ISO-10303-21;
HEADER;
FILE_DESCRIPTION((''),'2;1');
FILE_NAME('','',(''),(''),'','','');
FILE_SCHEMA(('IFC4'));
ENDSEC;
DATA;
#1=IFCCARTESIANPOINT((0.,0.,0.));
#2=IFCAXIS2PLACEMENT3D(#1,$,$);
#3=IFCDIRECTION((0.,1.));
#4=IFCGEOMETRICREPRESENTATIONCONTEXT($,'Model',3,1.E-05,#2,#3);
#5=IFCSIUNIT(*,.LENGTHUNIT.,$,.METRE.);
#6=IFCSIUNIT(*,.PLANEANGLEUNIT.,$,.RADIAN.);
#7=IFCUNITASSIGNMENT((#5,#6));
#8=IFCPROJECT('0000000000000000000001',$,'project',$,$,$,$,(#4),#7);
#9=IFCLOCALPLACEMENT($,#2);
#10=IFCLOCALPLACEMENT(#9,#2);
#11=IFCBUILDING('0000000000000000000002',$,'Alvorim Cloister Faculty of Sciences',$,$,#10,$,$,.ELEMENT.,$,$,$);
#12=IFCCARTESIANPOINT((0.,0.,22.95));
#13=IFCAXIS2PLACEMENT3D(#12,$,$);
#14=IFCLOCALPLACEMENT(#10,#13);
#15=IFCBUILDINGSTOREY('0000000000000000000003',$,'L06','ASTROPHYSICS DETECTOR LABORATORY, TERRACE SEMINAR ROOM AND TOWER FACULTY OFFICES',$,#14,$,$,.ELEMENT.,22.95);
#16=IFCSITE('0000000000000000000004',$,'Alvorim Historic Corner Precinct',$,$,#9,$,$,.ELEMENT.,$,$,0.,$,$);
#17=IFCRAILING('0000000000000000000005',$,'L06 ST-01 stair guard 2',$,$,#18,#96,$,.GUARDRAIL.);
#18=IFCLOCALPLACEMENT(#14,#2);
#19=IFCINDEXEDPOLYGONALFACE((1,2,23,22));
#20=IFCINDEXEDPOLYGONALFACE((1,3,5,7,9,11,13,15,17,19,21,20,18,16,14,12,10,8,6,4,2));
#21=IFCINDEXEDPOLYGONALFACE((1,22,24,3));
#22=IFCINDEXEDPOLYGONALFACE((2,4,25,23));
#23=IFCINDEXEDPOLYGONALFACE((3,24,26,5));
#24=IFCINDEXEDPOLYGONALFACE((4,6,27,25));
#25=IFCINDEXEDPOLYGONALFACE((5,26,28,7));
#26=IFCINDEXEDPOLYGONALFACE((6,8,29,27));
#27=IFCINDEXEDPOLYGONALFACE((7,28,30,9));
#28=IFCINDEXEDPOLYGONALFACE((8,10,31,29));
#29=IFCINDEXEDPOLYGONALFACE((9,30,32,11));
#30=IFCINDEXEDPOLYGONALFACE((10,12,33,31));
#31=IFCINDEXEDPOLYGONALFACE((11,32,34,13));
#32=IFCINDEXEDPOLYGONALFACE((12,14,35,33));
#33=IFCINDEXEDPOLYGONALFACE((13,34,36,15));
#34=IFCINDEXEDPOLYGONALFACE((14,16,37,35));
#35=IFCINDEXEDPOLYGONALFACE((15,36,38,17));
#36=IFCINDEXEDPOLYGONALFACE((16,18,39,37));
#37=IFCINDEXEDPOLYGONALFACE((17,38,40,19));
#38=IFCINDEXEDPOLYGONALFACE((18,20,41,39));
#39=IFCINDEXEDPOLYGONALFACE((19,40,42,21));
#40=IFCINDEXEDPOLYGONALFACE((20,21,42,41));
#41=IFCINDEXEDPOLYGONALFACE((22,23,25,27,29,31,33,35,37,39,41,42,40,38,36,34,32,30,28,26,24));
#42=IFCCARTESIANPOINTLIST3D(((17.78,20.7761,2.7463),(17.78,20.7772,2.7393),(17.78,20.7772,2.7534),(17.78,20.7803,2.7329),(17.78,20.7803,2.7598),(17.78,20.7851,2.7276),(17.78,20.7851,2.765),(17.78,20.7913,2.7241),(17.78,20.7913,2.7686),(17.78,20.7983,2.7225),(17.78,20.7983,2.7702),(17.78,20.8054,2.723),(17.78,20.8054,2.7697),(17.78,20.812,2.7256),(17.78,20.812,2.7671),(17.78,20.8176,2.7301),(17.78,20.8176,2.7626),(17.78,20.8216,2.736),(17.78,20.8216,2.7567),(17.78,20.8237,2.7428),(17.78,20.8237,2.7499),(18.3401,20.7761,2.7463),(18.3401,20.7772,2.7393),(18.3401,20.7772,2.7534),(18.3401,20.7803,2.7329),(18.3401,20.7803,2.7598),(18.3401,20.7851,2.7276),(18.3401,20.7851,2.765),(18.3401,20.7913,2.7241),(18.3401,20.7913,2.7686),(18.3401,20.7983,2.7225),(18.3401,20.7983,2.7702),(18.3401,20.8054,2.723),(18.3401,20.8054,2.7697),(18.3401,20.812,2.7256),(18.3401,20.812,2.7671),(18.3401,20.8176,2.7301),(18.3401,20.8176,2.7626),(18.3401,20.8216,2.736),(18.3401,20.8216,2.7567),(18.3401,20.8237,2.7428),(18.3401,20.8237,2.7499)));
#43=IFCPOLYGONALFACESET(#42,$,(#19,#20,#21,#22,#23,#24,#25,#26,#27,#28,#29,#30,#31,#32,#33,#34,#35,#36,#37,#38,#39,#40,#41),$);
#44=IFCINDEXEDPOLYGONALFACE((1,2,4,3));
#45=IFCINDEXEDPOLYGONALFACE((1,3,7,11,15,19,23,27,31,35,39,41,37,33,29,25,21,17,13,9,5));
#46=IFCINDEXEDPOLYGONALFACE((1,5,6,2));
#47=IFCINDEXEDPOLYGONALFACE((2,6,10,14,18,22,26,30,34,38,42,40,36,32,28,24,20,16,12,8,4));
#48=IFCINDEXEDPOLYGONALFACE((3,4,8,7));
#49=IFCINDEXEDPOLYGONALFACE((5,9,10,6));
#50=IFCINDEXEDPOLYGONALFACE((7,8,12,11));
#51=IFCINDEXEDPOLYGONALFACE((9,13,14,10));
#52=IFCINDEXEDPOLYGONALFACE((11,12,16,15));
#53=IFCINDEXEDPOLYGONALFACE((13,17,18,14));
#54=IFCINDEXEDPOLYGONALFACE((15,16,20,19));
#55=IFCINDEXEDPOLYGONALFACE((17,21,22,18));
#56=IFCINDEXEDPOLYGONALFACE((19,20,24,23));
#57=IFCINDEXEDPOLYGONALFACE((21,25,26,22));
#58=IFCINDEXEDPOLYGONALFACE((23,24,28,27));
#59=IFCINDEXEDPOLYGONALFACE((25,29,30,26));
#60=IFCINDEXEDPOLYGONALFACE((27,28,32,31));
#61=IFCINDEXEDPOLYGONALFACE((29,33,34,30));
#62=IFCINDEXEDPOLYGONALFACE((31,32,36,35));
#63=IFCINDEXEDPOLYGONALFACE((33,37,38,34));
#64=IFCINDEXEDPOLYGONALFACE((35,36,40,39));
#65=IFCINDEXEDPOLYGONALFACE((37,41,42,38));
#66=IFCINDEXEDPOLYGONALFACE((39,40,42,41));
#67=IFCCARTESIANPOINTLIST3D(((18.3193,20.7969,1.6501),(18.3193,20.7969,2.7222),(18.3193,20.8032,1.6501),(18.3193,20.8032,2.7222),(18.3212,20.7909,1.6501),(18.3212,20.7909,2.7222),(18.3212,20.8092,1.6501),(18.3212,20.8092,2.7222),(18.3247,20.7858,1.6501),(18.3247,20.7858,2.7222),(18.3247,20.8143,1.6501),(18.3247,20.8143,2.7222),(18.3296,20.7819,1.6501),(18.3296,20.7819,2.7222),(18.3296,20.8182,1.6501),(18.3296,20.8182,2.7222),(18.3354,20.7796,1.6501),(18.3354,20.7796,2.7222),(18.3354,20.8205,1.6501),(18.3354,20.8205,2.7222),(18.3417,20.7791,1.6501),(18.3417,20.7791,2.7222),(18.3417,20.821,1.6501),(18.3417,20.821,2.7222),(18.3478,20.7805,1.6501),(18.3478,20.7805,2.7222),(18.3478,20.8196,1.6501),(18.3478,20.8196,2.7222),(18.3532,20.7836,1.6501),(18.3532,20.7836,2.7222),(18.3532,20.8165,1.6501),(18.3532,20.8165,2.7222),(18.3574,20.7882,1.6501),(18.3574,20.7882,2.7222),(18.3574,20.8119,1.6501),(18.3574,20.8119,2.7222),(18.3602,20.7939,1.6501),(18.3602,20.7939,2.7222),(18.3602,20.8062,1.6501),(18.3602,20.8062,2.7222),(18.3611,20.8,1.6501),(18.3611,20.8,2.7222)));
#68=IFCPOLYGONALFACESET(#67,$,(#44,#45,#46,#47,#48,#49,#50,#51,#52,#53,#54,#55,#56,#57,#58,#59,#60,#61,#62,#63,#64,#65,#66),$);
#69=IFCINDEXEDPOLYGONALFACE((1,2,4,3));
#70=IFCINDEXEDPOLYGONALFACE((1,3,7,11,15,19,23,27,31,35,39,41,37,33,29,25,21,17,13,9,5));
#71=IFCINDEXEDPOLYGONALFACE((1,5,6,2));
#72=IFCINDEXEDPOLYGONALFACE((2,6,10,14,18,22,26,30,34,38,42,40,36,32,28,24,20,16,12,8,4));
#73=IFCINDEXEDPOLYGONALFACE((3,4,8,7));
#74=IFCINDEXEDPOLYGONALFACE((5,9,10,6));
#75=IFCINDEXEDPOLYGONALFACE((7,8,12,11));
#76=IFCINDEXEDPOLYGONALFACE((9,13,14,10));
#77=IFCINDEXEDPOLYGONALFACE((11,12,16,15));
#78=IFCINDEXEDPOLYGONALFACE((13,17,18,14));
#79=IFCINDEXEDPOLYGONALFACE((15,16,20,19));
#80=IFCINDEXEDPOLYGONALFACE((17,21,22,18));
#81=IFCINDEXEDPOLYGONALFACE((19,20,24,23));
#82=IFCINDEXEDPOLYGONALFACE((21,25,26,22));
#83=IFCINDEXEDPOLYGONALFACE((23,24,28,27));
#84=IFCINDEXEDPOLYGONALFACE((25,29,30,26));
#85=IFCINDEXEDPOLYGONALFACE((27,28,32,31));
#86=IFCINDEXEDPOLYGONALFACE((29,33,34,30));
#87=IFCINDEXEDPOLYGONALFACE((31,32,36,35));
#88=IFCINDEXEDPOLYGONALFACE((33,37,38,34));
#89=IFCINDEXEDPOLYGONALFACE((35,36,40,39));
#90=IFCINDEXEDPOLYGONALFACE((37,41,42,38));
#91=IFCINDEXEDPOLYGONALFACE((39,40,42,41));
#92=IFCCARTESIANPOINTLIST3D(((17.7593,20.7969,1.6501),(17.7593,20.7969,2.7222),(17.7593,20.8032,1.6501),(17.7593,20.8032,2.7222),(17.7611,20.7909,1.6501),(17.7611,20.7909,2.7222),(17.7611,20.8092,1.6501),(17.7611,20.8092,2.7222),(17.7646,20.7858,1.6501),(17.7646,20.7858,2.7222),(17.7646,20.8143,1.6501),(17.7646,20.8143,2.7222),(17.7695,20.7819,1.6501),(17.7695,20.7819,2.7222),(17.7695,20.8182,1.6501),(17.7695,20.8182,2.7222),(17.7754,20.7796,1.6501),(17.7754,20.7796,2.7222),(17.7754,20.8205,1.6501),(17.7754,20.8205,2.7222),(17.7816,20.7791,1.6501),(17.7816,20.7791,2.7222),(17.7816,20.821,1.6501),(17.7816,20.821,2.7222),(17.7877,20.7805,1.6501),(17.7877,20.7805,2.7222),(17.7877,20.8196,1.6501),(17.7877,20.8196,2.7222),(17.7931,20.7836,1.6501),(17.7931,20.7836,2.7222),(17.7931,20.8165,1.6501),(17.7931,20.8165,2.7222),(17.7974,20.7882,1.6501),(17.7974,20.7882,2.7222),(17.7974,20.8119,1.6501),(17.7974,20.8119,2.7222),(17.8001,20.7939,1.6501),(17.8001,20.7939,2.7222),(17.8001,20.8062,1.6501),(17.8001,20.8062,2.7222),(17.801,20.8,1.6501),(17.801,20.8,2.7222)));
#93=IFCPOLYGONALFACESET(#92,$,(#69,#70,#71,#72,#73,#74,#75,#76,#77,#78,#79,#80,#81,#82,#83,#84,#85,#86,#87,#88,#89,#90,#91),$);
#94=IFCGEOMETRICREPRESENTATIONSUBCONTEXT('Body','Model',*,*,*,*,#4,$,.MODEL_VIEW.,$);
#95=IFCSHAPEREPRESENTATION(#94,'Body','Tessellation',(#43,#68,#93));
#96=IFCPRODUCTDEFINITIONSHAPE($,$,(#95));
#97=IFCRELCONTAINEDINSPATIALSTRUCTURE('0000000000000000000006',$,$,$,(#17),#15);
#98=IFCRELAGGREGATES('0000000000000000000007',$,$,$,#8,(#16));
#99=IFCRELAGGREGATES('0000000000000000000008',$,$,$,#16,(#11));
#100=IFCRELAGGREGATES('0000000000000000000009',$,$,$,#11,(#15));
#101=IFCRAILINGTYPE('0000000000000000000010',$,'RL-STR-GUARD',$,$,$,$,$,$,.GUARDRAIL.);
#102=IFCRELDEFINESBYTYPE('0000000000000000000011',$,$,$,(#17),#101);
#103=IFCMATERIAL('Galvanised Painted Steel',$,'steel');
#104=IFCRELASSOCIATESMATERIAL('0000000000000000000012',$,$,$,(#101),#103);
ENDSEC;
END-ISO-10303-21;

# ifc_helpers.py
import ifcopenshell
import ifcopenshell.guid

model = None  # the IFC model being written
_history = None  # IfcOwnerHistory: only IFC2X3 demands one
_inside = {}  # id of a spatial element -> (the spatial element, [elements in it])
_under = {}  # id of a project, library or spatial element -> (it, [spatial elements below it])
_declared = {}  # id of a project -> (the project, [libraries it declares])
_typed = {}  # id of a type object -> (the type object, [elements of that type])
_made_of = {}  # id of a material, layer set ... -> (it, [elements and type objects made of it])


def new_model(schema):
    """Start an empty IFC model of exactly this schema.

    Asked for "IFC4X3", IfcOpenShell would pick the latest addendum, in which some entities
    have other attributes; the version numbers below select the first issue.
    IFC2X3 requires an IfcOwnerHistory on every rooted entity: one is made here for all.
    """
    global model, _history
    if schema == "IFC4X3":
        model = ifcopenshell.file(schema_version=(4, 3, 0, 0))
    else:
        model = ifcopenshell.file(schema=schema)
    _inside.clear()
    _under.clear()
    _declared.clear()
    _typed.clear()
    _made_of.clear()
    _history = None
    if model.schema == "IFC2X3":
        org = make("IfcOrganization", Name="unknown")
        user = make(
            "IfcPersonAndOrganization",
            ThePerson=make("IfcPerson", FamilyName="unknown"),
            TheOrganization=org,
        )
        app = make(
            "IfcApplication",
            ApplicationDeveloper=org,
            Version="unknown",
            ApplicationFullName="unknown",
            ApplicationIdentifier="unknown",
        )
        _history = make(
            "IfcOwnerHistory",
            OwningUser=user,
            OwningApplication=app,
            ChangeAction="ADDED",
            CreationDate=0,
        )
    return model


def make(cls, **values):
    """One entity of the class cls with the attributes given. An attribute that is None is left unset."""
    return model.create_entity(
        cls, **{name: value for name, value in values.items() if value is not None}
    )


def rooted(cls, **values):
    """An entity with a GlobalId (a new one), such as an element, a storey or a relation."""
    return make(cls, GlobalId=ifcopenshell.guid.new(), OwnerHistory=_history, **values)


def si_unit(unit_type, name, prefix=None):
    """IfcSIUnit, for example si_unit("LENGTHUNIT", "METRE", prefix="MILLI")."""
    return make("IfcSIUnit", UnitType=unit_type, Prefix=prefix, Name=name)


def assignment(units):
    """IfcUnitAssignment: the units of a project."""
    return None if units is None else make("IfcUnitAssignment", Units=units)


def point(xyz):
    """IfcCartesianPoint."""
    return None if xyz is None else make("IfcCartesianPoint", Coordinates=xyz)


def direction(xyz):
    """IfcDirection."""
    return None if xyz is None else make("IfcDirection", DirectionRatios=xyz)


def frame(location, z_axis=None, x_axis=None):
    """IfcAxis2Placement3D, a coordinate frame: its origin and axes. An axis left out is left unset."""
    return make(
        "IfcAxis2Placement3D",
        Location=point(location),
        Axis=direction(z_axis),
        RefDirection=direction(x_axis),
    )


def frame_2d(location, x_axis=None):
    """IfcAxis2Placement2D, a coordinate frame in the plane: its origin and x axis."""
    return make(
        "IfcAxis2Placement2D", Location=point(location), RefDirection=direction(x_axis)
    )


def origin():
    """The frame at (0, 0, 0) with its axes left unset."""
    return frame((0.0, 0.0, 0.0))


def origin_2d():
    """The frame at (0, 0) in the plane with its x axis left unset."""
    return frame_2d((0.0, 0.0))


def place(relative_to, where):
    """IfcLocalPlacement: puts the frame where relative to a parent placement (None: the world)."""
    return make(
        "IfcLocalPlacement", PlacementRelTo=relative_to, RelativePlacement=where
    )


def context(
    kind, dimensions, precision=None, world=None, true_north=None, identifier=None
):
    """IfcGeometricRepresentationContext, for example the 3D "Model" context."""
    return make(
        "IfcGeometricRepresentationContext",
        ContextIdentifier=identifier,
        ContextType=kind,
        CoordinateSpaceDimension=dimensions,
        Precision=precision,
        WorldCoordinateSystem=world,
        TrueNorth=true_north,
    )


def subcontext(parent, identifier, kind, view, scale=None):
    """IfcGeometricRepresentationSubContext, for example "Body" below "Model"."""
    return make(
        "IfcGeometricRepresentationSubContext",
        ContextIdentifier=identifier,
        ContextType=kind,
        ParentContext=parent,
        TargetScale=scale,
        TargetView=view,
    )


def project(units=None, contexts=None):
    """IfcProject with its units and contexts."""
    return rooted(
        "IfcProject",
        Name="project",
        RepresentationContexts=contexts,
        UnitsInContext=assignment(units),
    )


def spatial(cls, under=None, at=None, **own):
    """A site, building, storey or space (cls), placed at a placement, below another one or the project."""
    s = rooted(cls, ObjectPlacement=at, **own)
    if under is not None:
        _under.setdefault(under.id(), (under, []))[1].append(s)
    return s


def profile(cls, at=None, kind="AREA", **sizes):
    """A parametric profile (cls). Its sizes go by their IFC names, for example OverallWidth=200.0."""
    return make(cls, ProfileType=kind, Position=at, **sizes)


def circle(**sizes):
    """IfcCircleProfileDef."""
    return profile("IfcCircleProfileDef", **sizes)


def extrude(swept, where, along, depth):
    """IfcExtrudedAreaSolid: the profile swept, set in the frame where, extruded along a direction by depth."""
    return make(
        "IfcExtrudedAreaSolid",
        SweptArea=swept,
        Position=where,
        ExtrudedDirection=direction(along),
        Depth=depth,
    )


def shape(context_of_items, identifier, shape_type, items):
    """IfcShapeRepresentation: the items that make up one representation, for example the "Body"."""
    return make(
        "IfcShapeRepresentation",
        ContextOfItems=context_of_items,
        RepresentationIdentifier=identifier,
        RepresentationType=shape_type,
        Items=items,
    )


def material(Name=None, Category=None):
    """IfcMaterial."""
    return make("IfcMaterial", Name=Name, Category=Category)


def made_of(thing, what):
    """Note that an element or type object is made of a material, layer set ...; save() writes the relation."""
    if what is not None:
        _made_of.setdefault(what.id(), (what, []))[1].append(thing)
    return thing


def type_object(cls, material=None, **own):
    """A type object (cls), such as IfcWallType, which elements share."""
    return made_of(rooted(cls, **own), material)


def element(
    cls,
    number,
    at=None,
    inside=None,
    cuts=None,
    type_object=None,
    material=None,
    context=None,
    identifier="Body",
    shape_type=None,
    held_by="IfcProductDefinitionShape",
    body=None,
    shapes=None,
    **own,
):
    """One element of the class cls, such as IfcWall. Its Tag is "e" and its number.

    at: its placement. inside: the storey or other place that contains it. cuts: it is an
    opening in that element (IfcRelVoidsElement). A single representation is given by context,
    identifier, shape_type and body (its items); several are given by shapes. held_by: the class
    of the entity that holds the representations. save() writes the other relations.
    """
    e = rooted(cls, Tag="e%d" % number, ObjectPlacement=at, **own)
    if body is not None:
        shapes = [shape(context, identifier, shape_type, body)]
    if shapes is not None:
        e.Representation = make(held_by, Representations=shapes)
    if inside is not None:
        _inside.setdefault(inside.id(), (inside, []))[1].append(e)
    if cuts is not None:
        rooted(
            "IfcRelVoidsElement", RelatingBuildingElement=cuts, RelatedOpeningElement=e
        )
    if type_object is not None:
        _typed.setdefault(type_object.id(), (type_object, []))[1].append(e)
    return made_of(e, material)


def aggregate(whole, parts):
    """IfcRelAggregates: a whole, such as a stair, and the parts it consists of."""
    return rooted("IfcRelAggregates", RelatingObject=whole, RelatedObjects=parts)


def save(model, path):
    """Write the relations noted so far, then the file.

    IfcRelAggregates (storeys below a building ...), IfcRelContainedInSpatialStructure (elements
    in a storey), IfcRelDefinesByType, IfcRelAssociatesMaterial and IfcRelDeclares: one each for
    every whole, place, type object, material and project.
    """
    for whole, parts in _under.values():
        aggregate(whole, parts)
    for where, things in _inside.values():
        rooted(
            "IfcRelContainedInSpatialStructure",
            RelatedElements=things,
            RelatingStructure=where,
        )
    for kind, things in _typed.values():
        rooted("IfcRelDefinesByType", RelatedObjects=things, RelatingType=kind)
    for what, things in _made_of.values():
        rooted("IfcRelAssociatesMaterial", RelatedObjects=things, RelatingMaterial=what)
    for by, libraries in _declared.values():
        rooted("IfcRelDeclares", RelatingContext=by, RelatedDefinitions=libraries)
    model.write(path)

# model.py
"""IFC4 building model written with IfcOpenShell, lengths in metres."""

from ifc_helpers import new_model, si_unit, direction, frame, origin, origin_2d, place, context, subcontext, project, spatial, circle, extrude, material, type_object, element, save


model = new_model("IFC4")

# Units and contexts
model_context = context("Model", 3, precision=1e-05, world=origin(), true_north=direction((0.0, 1.0)))
body_context = subcontext(model_context, "Body", "Model", "MODEL_VIEW")
ifc_project = project(units=[si_unit("LENGTHUNIT", "METRE"), si_unit("PLANEANGLEUNIT", "RADIAN")], contexts=[model_context])

# Site, building, storey
site_placement = place(None, origin())
site = spatial("IfcSite", under=ifc_project, at=site_placement, Name="Alvorim Historic Corner Precinct", CompositionType="ELEMENT", RefElevation=0.0)
building_placement = place(site_placement, origin())
building = spatial("IfcBuilding", under=site, at=building_placement, Name="Alvorim Cloister Faculty of Sciences", CompositionType="ELEMENT")
storey_placement = place(building_placement, frame((0.0, 0.0, 22.95)))
storey = spatial("IfcBuildingStorey", under=building, at=storey_placement, Name="L06", Description="ASTROPHYSICS DETECTOR LABORATORY, TERRACE SEMINAR ROOM AND TOWER FACULTY OFFICES", CompositionType="ELEMENT", Elevation=22.95)

# Railing
ifc_material_1 = material(Name="Galvanised Painted Steel", Category="steel")
railing_type_1 = type_object("IfcRailingType", Name="RL-STR-GUARD", PredefinedType="GUARDRAIL", material=ifc_material_1)
railing_1_placement = place(storey_placement, frame((18.3401, 20.8, 1.6501)))
element("IfcRailing", 1, at=railing_1_placement, inside=storey, type_object=railing_type_1, Name="L06 ST-01 stair guard 2", PredefinedType="GUARDRAIL", context=body_context, shape_type="SweptSolid", body=[
    extrude(circle(Radius=0.0239, at=origin_2d()), frame((0.0, 0.0, 1.0962), z_axis=(-1.0, 0.0, 0.0), x_axis=(0.0, -1.0, 0.0)), (0.0, 0.0, 1.0), 0.5601),
    extrude(circle(Radius=0.021, at=origin_2d()), origin(), (0.0, 0.0, 1.0), 1.072),
    extrude(circle(Radius=0.021, at=origin_2d()), frame((-0.5601, 0.0, 0.0)), (0.0, 0.0, 1.0), 1.072),
])

save(model, "model.ifc")
